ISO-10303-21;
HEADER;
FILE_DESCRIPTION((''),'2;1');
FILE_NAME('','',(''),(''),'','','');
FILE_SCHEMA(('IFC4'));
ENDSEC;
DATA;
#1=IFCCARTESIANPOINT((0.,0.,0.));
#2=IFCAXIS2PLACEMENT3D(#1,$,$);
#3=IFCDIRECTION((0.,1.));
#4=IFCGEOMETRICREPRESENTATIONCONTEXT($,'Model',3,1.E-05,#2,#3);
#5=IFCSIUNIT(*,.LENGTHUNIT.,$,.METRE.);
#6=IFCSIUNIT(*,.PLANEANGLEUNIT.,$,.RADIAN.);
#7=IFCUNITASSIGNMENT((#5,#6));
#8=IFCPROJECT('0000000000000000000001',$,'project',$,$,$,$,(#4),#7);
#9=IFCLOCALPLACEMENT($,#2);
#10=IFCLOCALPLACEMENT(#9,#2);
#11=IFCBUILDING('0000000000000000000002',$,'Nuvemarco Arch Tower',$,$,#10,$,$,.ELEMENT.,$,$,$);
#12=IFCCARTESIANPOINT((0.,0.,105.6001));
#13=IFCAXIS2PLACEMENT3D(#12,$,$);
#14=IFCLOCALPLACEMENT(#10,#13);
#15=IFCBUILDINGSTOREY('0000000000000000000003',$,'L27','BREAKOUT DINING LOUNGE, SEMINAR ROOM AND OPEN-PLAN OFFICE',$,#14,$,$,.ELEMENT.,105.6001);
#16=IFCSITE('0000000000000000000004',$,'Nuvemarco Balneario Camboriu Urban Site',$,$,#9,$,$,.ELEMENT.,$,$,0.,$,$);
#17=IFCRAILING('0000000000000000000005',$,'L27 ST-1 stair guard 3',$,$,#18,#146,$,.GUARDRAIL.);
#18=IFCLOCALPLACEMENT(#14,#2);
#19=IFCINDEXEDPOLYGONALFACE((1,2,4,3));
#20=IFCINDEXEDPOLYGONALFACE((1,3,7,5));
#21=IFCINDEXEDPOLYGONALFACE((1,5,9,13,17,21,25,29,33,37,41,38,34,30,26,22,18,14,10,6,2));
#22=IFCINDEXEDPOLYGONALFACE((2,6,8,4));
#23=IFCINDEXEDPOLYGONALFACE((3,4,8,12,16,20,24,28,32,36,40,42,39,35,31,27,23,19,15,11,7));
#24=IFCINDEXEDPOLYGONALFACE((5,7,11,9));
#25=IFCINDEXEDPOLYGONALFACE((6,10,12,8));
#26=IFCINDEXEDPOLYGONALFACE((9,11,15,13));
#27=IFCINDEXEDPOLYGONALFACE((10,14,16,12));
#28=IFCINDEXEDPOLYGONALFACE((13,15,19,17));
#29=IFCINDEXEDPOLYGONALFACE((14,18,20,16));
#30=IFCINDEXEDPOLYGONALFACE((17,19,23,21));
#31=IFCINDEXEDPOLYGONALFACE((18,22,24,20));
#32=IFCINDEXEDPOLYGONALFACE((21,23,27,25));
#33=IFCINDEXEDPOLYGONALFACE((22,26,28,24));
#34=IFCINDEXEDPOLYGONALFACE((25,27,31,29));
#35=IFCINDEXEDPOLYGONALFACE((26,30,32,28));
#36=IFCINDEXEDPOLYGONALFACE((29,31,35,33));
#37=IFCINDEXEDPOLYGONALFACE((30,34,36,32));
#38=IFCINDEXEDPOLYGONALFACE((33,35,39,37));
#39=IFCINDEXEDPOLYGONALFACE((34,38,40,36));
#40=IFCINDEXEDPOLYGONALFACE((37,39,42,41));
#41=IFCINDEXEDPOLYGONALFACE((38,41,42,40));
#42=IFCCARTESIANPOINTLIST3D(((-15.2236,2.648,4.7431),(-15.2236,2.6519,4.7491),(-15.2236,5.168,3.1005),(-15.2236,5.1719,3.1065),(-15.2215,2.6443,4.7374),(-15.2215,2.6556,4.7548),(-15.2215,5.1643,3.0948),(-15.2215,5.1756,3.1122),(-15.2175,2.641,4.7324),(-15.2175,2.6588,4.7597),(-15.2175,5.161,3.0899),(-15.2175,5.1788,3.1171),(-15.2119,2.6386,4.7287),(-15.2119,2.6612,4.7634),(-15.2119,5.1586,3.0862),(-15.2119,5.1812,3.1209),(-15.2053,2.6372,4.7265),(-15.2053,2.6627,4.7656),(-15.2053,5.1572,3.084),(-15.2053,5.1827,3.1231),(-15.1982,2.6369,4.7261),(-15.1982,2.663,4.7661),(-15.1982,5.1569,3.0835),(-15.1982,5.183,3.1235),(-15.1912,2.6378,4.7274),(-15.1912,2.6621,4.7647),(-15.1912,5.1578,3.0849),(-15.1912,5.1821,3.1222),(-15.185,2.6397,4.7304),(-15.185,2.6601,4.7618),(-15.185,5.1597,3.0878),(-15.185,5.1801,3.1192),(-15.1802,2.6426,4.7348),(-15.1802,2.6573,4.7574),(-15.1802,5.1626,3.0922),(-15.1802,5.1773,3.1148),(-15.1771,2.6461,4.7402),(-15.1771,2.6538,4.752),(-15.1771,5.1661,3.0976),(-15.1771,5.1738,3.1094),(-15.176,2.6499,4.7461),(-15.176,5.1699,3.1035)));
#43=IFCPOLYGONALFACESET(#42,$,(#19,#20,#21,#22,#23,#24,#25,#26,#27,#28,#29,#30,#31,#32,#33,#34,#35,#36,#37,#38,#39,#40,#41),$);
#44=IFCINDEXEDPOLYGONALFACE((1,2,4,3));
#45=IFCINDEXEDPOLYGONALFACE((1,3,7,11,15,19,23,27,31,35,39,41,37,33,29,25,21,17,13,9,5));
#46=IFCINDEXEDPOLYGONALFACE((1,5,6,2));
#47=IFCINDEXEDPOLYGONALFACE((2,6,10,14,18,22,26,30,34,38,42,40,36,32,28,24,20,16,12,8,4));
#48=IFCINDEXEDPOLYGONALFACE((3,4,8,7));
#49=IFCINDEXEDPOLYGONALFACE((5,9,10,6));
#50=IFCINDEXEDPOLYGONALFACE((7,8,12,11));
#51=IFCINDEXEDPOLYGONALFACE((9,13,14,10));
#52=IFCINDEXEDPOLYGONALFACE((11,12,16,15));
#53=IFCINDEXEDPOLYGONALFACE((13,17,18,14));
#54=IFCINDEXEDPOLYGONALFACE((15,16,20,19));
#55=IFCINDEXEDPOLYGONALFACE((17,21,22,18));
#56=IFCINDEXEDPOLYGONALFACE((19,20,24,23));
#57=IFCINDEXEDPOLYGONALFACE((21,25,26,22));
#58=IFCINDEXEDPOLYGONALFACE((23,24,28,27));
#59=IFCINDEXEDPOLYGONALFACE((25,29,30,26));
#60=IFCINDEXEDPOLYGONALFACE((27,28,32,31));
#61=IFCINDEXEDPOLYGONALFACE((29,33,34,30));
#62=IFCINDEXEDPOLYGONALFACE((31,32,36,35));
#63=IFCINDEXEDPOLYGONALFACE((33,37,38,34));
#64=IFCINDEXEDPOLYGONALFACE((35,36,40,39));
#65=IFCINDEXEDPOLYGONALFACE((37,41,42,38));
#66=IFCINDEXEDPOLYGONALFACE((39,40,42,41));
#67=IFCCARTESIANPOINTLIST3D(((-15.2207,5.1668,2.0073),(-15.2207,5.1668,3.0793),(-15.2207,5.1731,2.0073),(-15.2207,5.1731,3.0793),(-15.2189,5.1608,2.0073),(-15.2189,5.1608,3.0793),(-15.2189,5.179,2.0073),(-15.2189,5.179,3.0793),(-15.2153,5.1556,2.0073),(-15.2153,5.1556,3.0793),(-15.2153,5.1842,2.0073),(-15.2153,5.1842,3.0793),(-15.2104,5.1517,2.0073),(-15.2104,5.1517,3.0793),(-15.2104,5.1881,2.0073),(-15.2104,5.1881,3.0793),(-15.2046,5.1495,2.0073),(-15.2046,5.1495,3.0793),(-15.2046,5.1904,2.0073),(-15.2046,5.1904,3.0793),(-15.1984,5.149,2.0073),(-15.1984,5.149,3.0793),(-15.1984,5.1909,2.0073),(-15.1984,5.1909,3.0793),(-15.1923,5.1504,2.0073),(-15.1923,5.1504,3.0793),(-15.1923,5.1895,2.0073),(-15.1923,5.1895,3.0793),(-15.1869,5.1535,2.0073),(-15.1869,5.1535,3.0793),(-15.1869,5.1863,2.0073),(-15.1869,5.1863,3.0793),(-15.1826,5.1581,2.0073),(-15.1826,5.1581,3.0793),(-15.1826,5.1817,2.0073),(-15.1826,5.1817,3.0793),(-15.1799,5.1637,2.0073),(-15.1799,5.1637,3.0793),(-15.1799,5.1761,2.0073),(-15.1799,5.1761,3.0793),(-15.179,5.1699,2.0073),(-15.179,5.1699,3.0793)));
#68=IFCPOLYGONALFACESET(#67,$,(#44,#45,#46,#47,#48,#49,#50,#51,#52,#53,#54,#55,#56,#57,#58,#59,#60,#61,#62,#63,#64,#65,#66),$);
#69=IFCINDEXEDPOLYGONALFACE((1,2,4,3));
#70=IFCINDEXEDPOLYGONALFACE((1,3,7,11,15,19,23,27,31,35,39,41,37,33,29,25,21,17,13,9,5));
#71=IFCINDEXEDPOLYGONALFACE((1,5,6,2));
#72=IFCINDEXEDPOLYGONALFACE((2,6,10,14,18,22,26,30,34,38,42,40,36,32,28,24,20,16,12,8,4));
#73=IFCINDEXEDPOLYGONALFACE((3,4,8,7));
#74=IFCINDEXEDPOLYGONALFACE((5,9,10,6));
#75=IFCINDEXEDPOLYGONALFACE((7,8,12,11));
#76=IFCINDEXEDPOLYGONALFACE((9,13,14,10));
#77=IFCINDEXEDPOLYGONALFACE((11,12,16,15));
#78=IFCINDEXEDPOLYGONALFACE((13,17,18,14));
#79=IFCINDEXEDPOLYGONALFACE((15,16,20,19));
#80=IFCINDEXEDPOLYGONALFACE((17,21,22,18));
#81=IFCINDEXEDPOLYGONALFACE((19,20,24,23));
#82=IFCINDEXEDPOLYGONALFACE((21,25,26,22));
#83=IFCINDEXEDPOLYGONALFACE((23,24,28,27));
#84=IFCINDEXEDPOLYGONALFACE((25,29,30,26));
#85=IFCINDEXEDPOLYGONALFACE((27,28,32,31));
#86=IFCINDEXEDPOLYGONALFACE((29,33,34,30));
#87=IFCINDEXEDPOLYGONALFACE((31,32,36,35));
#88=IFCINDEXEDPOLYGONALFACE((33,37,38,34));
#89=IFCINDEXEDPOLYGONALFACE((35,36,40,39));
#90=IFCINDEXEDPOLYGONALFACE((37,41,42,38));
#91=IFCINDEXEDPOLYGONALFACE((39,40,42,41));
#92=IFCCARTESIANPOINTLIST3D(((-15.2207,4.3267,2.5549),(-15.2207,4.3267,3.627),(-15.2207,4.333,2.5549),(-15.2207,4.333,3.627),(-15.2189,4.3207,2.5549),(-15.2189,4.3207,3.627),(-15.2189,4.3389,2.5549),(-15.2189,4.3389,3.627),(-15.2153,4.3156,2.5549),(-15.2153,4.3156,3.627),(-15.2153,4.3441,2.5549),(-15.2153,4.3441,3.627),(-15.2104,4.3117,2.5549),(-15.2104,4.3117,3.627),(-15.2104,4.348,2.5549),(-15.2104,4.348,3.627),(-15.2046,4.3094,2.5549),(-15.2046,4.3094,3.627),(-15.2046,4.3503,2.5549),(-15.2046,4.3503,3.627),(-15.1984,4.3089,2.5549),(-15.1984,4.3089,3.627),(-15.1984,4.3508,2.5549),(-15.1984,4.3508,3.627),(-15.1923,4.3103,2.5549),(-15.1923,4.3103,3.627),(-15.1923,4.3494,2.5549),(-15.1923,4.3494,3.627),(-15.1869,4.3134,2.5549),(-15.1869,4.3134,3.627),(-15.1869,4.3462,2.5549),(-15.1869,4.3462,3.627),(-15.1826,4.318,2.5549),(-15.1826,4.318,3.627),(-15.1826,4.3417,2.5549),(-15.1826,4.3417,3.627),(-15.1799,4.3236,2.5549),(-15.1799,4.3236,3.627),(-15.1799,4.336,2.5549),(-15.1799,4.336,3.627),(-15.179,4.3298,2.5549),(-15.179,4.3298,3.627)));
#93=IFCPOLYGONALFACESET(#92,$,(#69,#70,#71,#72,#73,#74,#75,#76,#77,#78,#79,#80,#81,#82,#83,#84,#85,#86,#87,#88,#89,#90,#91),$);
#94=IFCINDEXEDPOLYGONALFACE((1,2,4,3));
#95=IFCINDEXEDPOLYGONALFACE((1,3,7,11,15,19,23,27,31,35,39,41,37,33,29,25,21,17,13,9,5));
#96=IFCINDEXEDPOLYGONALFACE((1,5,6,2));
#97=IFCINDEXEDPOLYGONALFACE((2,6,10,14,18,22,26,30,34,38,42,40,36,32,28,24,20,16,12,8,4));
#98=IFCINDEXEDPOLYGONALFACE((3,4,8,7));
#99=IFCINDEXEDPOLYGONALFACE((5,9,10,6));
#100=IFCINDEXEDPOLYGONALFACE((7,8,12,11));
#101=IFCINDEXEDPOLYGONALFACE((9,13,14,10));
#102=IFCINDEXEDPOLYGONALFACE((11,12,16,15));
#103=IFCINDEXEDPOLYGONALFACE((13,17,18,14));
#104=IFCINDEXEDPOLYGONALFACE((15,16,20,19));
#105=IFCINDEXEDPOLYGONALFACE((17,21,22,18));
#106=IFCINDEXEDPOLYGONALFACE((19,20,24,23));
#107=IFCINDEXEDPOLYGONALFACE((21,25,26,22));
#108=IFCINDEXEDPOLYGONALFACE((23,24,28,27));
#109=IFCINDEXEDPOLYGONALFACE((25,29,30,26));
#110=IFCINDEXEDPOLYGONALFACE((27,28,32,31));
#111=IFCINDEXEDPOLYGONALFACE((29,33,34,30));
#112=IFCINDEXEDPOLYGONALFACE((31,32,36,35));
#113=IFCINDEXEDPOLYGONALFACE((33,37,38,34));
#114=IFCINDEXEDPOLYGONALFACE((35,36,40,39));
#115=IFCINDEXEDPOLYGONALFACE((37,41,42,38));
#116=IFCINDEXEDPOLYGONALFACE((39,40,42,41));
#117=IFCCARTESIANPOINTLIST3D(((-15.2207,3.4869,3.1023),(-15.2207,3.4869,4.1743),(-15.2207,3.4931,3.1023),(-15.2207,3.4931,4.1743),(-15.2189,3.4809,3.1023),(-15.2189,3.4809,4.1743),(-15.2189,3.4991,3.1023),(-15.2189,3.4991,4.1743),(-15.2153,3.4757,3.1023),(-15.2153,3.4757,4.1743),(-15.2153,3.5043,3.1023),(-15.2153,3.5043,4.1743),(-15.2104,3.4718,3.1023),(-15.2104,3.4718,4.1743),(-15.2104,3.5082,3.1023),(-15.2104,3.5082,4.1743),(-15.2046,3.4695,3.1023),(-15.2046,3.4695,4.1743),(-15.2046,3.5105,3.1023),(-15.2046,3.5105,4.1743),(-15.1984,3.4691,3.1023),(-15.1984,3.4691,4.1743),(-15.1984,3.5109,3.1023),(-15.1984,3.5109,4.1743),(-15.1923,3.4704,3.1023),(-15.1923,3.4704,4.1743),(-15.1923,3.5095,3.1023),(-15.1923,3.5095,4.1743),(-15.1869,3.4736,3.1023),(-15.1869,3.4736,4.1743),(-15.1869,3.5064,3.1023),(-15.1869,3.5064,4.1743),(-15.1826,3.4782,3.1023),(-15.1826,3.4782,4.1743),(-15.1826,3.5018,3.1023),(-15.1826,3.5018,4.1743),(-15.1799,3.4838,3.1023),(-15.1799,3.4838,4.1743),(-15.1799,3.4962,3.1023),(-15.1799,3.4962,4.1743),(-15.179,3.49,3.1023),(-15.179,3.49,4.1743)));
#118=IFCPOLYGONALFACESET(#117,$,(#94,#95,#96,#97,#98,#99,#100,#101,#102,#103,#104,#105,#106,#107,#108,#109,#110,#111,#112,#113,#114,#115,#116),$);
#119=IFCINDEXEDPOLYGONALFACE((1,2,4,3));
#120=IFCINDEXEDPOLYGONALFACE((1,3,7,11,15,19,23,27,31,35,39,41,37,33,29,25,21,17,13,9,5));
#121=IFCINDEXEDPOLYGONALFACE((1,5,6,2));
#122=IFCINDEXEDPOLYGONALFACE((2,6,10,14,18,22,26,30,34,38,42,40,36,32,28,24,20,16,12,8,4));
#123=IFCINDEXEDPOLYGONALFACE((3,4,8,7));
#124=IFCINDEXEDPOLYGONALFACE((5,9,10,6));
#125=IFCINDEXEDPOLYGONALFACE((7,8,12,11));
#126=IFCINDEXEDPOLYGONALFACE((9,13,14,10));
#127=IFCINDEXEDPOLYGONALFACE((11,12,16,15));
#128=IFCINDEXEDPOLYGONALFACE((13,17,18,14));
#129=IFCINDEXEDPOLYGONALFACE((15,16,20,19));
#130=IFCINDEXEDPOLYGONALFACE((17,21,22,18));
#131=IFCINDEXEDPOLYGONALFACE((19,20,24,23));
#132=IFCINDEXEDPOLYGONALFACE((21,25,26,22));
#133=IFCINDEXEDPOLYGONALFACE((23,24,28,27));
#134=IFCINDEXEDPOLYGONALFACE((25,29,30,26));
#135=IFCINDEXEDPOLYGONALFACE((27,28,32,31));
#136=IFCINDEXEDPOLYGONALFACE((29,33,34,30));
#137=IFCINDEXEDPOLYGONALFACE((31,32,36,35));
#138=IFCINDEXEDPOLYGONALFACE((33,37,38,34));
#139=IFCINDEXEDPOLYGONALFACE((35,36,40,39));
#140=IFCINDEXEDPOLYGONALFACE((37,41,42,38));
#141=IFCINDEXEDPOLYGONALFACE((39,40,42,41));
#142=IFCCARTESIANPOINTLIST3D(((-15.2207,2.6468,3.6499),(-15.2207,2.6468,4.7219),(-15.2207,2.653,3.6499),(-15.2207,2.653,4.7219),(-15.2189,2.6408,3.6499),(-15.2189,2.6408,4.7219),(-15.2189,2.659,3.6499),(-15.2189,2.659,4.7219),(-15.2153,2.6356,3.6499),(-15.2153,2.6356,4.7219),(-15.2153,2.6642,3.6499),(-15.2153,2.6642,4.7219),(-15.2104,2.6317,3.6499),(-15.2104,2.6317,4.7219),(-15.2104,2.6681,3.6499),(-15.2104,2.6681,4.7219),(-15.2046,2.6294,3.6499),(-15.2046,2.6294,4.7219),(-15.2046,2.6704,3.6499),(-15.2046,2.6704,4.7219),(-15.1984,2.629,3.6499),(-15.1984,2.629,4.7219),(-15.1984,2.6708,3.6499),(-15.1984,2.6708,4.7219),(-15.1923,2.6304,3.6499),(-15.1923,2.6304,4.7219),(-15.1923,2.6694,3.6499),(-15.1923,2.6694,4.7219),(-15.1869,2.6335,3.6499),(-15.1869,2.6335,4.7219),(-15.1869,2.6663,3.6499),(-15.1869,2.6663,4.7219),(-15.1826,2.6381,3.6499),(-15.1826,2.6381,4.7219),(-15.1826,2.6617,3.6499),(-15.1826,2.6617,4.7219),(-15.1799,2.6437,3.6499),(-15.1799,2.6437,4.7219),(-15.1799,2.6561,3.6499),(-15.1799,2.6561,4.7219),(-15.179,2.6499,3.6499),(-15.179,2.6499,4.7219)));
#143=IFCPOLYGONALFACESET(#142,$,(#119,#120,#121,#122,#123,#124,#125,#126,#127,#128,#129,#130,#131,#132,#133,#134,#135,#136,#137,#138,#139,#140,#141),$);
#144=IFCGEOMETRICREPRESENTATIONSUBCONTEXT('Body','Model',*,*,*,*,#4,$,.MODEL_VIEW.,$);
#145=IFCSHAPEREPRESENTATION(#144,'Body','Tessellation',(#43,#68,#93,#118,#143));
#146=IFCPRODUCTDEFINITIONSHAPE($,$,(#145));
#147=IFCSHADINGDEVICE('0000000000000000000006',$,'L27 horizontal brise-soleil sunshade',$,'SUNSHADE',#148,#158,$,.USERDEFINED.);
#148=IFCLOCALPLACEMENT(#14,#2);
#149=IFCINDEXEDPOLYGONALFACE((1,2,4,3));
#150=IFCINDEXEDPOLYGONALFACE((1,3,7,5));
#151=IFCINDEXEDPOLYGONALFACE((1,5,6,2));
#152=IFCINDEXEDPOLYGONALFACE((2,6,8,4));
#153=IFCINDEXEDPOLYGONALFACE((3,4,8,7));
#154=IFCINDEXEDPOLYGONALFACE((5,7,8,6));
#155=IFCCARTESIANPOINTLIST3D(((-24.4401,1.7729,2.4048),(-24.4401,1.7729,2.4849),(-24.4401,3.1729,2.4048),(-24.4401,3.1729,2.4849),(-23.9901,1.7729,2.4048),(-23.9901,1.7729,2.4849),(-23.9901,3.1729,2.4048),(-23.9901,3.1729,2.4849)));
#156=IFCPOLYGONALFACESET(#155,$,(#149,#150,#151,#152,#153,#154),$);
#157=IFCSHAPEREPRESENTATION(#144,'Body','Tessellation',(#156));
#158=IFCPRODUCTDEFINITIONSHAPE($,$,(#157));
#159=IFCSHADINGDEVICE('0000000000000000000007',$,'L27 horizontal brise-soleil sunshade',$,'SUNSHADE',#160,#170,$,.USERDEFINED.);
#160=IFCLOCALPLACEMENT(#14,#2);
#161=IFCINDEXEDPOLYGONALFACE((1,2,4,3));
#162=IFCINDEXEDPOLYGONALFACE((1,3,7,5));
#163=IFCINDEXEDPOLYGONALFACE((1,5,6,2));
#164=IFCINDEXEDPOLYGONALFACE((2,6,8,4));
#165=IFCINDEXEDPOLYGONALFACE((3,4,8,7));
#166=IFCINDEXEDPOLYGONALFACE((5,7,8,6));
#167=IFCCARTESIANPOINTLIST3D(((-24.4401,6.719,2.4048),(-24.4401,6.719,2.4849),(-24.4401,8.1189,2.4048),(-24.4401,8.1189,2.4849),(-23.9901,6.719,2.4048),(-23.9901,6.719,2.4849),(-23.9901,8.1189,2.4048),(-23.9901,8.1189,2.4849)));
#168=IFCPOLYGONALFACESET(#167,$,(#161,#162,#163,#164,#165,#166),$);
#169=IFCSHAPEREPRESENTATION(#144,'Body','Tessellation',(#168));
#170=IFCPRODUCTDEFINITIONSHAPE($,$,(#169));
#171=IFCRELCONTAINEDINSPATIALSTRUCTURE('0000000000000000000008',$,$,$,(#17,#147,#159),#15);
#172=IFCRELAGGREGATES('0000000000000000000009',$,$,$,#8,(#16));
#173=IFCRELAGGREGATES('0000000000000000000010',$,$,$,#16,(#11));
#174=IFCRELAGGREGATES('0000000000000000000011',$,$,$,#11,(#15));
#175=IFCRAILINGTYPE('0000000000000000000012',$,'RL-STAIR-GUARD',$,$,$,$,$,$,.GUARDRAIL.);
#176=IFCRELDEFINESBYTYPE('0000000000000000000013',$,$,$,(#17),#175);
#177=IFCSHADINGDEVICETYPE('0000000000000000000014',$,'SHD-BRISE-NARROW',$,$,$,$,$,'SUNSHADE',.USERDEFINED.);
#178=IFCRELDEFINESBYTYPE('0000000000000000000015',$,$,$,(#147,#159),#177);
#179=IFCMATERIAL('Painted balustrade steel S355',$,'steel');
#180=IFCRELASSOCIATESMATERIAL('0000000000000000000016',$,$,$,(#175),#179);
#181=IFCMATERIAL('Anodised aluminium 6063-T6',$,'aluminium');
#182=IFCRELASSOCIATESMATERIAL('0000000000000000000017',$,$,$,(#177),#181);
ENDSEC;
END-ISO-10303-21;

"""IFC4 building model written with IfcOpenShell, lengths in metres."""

from ifc_helpers import new_model, si_unit, direction, frame, origin, origin_2d, place, context, subcontext, project, spatial, rectangle, circle, extrude, source, transform, mapped, material, type_object, type_shapes, element, save


model = new_model("IFC4")

# Units and contexts
model_context = context("Model", 3, precision=1e-05, world=origin(), true_north=direction((0.0, 1.0)))
body_context = subcontext(model_context, "Body", "Model", "MODEL_VIEW")
ifc_project = project(units=[si_unit("LENGTHUNIT", "METRE"), si_unit("PLANEANGLEUNIT", "RADIAN")], contexts=[model_context])

# Site, building, storey
site_placement = place(None, origin())
site = spatial("IfcSite", under=ifc_project, at=site_placement, Name="Nuvemarco Balneario Camboriu Urban Site", CompositionType="ELEMENT", RefElevation=0.0)
building_placement = place(site_placement, origin())
building = spatial("IfcBuilding", under=site, at=building_placement, Name="Nuvemarco Arch Tower", CompositionType="ELEMENT")
storey_placement = place(building_placement, frame((0.0, 0.0, 105.6001)))
storey = spatial("IfcBuildingStorey", under=building, at=storey_placement, Name="L27", Description="BREAKOUT DINING LOUNGE, SEMINAR ROOM AND OPEN-PLAN OFFICE", CompositionType="ELEMENT", Elevation=105.6001)

# Railing
ifc_material_1 = material(Name="Painted balustrade steel S355", Category="steel")
railing_type_1 = type_object("IfcRailingType", Name="RL-STAIR-GUARD", PredefinedType="GUARDRAIL", material=ifc_material_1)
railing_1_placement = place(storey_placement, frame((-15.2, 5.1699, 2.0073)))
element("IfcRailing", 1, at=railing_1_placement, inside=storey, type_object=railing_type_1, Name="L27 ST-1 stair guard 3", PredefinedType="GUARDRAIL", context=body_context, shape_type="SweptSolid", body=[
    extrude(circle(Radius=0.0239, at=origin_2d()), frame((0.0, 0.0, 1.0962), z_axis=(0.0, -0.837749, 0.546055), x_axis=(1.0, 0.0, 0.0)), (0.0, 0.0, 1.0), 3.0081),
    extrude(circle(Radius=0.021, at=origin_2d()), origin(), (0.0, 0.0, 1.0), 1.072),
    extrude(circle(Radius=0.021, at=origin_2d()), frame((0.0, -0.8401, 0.5476)), (0.0, 0.0, 1.0), 1.072),
    extrude(circle(Radius=0.021, at=origin_2d()), frame((0.0, -1.6799, 1.095)), (0.0, 0.0, 1.0), 1.072),
    extrude(circle(Radius=0.021, at=origin_2d()), frame((0.0, -2.52, 1.6426)), (0.0, 0.0, 1.0), 1.072),
])

# Shading devices
ifc_material_2 = material(Name="Anodised aluminium 6063-T6", Category="aluminium")
shading_device_type = type_object("IfcShadingDeviceType", Name="SHD-BRISE-NARROW", ElementType="SUNSHADE", PredefinedType="USERDEFINED", material=ifc_material_2)
shared_shape = source(origin(), body_context, "Body", "SweptSolid", [
    extrude(rectangle(XDim=1.3999, YDim=0.45, at=origin_2d()), origin(), (0.0, 0.0, 1.0), 0.0801),
])
type_shapes(shading_device_type, [shared_shape])
for number, where, z_axis, x_axis, name in (
    (2, (-24.2151, 2.4729, 2.4048), (0.0, 0.0, 1.0), (0.0, 1.0, 0.0), "L27 horizontal brise-soleil sunshade"),
    (3, (-24.2151, 7.4189, 2.4048), (0.0, 0.0, 1.0), (0.0, 1.0, 0.0), "L27 horizontal brise-soleil sunshade"),
):
    element("IfcShadingDevice", number, at=place(storey_placement, frame(where, z_axis=z_axis, x_axis=x_axis)), inside=storey, type_object=shading_device_type, Name=name, ObjectType="SUNSHADE", PredefinedType="USERDEFINED", context=body_context, shape_type="MappedRepresentation", body=[
        mapped(shared_shape, transform((0.0, 0.0, 0.0), scale=1.0)),
    ])

save(model, "model.ifc")
